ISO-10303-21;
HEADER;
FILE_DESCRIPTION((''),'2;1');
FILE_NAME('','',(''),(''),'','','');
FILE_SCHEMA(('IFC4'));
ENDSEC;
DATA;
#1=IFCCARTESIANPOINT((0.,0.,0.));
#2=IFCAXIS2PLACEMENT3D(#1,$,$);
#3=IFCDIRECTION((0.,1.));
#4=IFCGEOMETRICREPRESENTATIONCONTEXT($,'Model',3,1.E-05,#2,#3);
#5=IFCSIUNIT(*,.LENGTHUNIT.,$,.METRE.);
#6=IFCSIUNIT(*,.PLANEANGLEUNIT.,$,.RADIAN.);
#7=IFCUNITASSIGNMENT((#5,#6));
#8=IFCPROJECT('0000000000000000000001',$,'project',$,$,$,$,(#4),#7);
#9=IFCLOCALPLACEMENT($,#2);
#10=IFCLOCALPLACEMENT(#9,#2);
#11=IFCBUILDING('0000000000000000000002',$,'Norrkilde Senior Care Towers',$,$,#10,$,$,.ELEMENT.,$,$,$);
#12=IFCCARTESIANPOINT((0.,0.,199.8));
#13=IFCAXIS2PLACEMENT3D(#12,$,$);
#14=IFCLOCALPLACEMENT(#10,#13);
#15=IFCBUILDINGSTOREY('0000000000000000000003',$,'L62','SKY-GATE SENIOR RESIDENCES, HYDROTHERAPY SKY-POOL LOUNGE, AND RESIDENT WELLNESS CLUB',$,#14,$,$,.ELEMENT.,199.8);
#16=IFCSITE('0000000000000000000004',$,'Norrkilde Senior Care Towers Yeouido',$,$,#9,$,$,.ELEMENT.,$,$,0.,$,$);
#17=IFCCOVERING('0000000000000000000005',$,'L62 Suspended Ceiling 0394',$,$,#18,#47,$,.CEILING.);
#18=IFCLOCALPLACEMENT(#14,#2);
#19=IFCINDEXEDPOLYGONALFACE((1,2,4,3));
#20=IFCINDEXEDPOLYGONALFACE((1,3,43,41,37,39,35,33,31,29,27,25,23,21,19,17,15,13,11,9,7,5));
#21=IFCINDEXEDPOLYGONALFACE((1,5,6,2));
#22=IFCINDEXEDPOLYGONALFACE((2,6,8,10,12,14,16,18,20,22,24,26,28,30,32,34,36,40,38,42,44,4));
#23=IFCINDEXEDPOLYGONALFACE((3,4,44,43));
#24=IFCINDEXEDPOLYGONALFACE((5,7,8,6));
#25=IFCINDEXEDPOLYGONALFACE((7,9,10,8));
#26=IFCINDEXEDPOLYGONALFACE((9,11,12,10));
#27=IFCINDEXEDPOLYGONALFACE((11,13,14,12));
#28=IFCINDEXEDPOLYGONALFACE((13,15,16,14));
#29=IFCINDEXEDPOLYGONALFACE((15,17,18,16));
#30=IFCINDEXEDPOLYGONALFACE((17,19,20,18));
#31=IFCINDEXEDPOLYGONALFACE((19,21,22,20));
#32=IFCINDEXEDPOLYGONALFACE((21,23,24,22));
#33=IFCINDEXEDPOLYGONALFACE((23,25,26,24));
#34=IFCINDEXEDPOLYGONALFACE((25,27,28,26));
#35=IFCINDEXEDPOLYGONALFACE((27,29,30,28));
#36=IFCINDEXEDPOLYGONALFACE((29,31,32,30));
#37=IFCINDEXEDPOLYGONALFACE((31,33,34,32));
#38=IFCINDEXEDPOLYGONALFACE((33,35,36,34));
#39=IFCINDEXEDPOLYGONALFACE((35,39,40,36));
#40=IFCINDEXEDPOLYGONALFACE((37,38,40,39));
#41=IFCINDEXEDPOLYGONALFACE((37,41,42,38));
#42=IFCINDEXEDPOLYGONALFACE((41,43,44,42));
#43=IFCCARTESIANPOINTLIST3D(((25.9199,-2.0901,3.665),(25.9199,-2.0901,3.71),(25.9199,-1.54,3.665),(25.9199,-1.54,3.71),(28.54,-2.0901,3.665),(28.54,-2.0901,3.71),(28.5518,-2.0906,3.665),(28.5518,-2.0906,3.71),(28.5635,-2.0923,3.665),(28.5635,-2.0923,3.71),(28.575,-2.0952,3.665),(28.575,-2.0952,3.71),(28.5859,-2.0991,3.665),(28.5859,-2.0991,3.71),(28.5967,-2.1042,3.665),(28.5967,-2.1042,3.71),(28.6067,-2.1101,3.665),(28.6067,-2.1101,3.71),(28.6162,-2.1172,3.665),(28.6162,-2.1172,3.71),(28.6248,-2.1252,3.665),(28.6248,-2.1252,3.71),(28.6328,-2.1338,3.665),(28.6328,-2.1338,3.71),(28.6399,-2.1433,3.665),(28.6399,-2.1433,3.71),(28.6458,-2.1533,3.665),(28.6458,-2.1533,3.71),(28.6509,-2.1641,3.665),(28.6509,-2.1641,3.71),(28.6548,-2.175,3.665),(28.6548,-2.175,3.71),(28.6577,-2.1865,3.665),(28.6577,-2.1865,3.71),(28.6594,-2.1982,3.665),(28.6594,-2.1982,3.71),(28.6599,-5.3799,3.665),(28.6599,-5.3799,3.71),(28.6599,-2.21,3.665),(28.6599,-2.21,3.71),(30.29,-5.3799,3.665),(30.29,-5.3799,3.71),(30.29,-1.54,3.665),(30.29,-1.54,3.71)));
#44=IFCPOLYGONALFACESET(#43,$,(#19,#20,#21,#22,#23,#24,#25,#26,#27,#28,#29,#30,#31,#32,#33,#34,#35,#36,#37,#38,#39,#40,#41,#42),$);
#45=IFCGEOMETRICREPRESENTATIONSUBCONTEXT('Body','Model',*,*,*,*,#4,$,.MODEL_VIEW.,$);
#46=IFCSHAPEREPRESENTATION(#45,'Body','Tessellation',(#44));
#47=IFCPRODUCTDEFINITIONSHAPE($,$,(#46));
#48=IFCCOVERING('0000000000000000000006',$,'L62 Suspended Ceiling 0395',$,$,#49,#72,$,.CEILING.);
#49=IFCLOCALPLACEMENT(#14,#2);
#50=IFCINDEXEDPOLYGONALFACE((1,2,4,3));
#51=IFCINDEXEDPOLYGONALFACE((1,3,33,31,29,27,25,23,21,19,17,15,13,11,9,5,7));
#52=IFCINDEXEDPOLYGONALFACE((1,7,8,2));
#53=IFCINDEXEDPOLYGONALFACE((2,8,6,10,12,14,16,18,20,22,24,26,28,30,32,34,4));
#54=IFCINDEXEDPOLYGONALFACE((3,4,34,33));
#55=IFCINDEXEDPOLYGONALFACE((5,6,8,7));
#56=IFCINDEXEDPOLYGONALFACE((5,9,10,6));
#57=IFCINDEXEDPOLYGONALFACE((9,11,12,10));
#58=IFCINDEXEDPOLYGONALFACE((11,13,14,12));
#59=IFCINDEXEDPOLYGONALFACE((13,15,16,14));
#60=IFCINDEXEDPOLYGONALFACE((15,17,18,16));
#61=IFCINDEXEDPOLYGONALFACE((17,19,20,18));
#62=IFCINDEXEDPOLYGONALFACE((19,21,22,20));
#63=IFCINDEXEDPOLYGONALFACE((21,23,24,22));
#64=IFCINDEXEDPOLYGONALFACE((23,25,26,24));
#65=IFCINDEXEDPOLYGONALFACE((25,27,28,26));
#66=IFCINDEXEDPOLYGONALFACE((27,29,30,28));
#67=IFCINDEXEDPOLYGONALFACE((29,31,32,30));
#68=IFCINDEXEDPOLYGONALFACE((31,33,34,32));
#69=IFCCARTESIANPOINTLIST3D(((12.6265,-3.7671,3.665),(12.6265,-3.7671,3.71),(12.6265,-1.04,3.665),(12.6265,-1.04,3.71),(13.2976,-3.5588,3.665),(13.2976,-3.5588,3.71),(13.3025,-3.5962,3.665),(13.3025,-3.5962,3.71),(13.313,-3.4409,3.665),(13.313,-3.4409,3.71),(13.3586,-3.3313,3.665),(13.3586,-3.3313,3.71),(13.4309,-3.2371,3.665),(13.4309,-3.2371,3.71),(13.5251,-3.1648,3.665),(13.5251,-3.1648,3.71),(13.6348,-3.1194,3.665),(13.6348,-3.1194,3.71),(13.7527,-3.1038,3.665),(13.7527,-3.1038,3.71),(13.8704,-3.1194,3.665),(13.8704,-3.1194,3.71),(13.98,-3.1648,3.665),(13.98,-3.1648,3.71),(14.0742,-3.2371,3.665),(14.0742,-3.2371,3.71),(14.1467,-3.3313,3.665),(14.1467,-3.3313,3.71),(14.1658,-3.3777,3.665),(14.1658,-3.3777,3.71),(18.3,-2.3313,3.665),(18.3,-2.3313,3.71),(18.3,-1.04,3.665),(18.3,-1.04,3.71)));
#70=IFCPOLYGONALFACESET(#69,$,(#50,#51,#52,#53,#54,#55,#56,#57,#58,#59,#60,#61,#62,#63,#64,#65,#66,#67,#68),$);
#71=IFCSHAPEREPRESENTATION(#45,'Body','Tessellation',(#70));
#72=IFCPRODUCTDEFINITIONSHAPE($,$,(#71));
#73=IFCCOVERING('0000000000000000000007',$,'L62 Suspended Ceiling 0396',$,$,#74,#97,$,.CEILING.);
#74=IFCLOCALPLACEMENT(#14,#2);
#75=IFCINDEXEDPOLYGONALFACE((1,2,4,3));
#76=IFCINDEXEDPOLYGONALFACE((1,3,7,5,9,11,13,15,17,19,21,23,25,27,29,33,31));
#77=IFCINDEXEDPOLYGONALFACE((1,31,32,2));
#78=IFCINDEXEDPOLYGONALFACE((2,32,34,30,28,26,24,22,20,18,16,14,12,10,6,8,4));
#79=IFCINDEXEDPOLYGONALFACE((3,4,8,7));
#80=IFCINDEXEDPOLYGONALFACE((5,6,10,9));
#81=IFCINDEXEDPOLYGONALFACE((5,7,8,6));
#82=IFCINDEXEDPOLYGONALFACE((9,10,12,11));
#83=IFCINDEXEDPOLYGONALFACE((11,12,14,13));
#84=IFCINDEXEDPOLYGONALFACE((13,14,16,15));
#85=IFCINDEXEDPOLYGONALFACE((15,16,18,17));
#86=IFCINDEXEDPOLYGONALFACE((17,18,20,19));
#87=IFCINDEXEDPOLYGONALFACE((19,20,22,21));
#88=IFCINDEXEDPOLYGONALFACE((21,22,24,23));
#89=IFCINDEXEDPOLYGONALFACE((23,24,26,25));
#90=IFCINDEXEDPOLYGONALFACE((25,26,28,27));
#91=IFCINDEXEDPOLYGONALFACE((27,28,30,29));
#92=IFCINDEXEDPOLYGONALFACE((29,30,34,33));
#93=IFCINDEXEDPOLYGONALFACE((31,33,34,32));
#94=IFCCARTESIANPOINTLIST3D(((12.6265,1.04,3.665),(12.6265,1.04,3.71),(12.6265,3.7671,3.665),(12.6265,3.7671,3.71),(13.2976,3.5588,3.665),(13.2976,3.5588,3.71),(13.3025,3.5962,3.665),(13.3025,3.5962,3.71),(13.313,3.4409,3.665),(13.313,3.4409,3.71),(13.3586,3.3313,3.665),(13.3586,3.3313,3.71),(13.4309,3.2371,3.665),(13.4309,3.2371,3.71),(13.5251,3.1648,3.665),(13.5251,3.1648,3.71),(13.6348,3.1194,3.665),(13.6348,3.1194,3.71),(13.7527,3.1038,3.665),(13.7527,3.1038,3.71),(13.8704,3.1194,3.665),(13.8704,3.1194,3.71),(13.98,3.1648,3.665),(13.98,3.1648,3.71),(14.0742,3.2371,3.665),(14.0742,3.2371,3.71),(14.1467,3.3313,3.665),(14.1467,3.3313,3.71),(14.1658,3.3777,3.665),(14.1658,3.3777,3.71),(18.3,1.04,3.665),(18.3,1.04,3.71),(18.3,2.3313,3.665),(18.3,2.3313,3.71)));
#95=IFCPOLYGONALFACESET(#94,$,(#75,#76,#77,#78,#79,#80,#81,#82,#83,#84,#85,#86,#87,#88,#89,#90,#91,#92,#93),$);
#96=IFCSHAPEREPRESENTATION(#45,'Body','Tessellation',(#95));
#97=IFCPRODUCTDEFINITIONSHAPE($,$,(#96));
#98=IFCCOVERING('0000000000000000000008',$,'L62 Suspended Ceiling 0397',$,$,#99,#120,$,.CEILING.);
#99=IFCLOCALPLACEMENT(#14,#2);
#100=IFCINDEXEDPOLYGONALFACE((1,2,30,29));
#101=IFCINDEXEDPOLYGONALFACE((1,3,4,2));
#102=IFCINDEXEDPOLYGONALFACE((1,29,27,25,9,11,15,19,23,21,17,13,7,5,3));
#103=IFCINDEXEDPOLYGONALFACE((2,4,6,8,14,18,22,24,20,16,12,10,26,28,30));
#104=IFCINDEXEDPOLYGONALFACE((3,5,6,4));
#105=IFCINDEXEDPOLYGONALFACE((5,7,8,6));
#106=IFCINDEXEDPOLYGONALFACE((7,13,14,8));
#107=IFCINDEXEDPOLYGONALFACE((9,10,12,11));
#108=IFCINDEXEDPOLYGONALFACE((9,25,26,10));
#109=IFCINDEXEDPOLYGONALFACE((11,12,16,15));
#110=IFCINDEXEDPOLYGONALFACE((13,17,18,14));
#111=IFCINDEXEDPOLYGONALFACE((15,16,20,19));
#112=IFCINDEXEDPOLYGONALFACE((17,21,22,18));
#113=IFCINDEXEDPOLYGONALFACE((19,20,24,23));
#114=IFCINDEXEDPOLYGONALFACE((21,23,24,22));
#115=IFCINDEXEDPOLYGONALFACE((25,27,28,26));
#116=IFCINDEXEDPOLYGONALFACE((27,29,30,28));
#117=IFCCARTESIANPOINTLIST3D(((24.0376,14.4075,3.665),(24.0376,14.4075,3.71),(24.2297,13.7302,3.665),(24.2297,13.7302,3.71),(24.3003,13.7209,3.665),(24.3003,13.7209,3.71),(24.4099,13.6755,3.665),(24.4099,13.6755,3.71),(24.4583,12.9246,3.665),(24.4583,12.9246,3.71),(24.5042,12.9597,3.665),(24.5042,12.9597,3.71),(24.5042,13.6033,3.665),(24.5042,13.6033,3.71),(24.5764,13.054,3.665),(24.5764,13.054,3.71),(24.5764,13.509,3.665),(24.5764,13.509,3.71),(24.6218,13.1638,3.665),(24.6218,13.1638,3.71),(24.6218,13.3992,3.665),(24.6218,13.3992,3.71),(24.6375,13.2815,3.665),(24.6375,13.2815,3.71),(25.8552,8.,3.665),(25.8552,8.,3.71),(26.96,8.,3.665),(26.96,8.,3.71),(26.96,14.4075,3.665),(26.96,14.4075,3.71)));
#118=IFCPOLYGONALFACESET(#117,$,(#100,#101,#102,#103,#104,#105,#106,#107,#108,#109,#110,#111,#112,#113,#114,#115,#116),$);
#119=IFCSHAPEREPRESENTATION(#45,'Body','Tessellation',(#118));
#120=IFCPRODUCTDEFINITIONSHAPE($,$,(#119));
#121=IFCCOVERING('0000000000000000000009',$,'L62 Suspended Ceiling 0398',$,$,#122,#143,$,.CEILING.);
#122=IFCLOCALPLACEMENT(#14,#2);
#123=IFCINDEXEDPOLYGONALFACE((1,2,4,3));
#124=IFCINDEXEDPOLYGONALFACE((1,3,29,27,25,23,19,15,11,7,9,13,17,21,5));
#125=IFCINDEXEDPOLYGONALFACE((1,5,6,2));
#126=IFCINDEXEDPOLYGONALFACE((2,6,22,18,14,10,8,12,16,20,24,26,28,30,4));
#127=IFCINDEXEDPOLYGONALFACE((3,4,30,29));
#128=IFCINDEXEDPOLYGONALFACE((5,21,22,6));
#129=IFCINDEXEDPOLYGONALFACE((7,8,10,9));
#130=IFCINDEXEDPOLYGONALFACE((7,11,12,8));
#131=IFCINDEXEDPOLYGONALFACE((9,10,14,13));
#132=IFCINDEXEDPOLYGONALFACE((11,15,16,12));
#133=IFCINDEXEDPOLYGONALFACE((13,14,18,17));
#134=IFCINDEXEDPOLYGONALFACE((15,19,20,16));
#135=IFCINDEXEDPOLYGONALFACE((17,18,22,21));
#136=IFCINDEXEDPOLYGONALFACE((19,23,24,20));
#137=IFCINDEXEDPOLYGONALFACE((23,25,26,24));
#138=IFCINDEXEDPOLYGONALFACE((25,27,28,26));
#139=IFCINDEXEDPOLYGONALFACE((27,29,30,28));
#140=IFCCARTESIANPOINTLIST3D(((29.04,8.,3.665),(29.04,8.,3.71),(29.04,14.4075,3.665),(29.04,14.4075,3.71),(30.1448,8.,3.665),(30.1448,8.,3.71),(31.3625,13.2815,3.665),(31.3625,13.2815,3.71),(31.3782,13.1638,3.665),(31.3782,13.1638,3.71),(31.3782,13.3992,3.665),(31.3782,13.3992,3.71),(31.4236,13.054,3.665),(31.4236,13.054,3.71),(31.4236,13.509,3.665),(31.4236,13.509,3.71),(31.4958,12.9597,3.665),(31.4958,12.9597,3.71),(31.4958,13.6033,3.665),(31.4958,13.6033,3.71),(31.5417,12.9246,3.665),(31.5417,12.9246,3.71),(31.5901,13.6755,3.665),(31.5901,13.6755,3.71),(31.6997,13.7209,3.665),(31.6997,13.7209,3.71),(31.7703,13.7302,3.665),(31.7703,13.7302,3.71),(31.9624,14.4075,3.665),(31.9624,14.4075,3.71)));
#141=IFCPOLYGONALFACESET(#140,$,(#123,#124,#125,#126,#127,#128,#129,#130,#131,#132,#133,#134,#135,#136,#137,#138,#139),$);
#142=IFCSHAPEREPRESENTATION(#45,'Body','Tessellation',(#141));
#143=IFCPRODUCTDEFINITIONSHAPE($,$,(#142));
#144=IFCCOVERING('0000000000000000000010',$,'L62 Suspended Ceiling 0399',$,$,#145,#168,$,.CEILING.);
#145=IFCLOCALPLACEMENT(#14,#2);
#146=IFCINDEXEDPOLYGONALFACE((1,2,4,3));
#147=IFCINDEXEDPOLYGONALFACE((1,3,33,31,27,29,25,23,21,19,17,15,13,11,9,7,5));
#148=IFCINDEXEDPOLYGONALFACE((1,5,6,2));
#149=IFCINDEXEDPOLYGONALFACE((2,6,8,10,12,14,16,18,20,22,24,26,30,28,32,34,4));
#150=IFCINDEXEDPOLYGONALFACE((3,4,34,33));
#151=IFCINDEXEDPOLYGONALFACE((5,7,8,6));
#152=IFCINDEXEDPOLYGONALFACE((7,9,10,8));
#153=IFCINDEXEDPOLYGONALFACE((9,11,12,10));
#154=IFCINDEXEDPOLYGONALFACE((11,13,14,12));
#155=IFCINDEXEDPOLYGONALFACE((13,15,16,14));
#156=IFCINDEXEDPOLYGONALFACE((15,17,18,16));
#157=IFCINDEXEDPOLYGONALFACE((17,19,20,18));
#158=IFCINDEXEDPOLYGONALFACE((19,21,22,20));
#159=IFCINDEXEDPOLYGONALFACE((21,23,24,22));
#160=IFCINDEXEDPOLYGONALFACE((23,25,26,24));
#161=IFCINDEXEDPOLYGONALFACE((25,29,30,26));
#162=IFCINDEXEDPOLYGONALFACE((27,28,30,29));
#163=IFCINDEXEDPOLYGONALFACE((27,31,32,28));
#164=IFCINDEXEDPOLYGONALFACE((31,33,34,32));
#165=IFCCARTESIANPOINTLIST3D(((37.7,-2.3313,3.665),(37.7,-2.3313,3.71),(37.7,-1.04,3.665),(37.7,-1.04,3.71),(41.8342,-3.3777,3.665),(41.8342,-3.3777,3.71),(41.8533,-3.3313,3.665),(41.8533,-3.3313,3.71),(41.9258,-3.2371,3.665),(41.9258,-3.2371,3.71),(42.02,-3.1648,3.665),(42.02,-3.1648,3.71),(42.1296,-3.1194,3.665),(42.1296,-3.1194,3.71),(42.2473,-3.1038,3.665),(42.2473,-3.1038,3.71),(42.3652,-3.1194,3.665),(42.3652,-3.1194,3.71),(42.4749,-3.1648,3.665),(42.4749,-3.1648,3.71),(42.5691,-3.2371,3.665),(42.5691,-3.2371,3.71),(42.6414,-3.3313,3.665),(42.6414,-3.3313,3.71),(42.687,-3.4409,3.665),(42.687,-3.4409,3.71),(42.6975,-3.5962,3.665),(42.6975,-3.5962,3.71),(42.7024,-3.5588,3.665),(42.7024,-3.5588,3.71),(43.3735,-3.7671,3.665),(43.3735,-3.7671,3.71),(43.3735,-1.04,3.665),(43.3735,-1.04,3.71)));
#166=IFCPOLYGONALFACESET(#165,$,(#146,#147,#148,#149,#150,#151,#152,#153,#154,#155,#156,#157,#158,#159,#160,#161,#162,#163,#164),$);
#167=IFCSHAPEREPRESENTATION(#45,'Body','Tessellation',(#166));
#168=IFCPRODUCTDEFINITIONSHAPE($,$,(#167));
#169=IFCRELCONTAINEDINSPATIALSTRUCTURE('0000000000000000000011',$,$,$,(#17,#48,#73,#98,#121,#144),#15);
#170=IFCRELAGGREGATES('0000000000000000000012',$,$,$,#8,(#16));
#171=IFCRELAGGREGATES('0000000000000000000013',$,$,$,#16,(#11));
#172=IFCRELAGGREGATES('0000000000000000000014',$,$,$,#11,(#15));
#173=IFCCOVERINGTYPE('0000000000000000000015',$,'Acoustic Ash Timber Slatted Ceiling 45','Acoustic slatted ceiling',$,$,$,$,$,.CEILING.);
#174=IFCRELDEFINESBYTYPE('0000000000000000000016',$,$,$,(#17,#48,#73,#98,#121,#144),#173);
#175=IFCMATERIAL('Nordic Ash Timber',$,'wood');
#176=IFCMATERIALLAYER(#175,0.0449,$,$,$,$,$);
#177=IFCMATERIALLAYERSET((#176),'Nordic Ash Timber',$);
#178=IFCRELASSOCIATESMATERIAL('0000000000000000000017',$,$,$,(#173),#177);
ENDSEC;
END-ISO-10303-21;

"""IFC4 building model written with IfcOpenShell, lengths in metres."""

from ifc_helpers import new_model, si_unit, direction, frame, origin, place, context, subcontext, project, spatial, polyline, outline, extrude, material, layer, layer_set, type_object, element, save


model = new_model("IFC4")

# Units and contexts
model_context = context("Model", 3, precision=1e-05, world=origin(), true_north=direction((0.0, 1.0)))
body_context = subcontext(model_context, "Body", "Model", "MODEL_VIEW")
ifc_project = project(units=[si_unit("LENGTHUNIT", "METRE"), si_unit("PLANEANGLEUNIT", "RADIAN")], contexts=[model_context])

# Site, building, storey
site_placement = place(None, origin())
site = spatial("IfcSite", under=ifc_project, at=site_placement, Name="Norrkilde Senior Care Towers Yeouido", CompositionType="ELEMENT", RefElevation=0.0)
building_placement = place(site_placement, origin())
building = spatial("IfcBuilding", under=site, at=building_placement, Name="Norrkilde Senior Care Towers", CompositionType="ELEMENT")
storey_placement = place(building_placement, frame((0.0, 0.0, 199.8)))
storey = spatial("IfcBuildingStorey", under=building, at=storey_placement, Name="L62", Description="SKY-GATE SENIOR RESIDENCES, HYDROTHERAPY SKY-POOL LOUNGE, AND RESIDENT WELLNESS CLUB", CompositionType="ELEMENT", Elevation=199.8)

# Coverings
ifc_material_1 = material(Name="Nordic Ash Timber", Category="wood")
ifc_layer_1 = layer(ifc_material_1, 0.0449)
ifc_layer_set_1 = layer_set([ifc_layer_1], Name="Nordic Ash Timber")
covering_type_1 = type_object("IfcCoveringType", Name="Acoustic Ash Timber Slatted Ceiling 45", Description="Acoustic slatted ceiling", PredefinedType="CEILING", material=ifc_layer_set_1)
covering_1_placement = place(storey_placement, frame((0.0, 0.0, 3.665)))
element("IfcCovering", 1, at=covering_1_placement, inside=storey, type_object=covering_type_1, Name="L62 Suspended Ceiling 0394", PredefinedType="CEILING", context=body_context, shape_type="SweptSolid", body=[
    extrude(outline(polyline([(28.6548, -2.175), (28.6509, -2.1641), (28.6458, -2.1533), (28.6399, -2.1433), (28.6328, -2.1338), (28.6248, -2.1252), (28.6162, -2.1172), (28.6067, -2.1101), (28.5967, -2.1042), (28.5859, -2.0991), (28.575, -2.0952), (28.5635, -2.0923), (28.5518, -2.0906), (28.54, -2.0901), (25.9199, -2.0901), (25.9199, -1.54), (30.29, -1.54), (30.29, -5.3799), (28.6599, -5.3799), (28.6599, -2.21), (28.6594, -2.1982), (28.6577, -2.1865), (28.6548, -2.175)])), origin(), (0.0, 0.0, 1.0), 0.0449),
])
covering_2_placement = place(storey_placement, frame((0.0, 0.0, 3.665)))
element("IfcCovering", 2, at=covering_2_placement, inside=storey, type_object=covering_type_1, Name="L62 Suspended Ceiling 0395", PredefinedType="CEILING", context=body_context, shape_type="SweptSolid", body=[
    extrude(outline(polyline([(18.3, -1.04), (18.3, -2.3313), (14.1658, -3.3777), (14.1467, -3.3313), (14.0742, -3.2371), (13.98, -3.1648), (13.8704, -3.1194), (13.7527, -3.1038), (13.6348, -3.1194), (13.5251, -3.1648), (13.4309, -3.2371), (13.3586, -3.3313), (13.313, -3.4409), (13.2976, -3.5588), (13.3025, -3.5962), (12.6265, -3.7671), (12.6265, -1.04), (18.3, -1.04)])), origin(), (0.0, 0.0, 1.0), 0.0449),
])
covering_3_placement = place(storey_placement, frame((0.0, 0.0, 3.665)))
element("IfcCovering", 3, at=covering_3_placement, inside=storey, type_object=covering_type_1, Name="L62 Suspended Ceiling 0396", PredefinedType="CEILING", context=body_context, shape_type="SweptSolid", body=[
    extrude(outline(polyline([(18.3, 1.04), (12.6265, 1.04), (12.6265, 3.7671), (13.3025, 3.5962), (13.2976, 3.5588), (13.313, 3.4409), (13.3586, 3.3313), (13.4309, 3.2371), (13.5251, 3.1648), (13.6348, 3.1194), (13.7527, 3.1038), (13.8704, 3.1194), (13.98, 3.1648), (14.0742, 3.2371), (14.1467, 3.3313), (14.1658, 3.3777), (18.3, 2.3313), (18.3, 1.04)])), origin(), (0.0, 0.0, 1.0), 0.0449),
])
covering_4_placement = place(storey_placement, frame((0.0, 0.0, 3.665)))
element("IfcCovering", 4, at=covering_4_placement, inside=storey, type_object=covering_type_1, Name="L62 Suspended Ceiling 0397", PredefinedType="CEILING", context=body_context, shape_type="SweptSolid", body=[
    extrude(outline(polyline([(26.96, 14.4075), (26.96, 8.0), (25.8552, 8.0), (24.4583, 12.9246), (24.5042, 12.9597), (24.5764, 13.054), (24.6218, 13.1638), (24.6375, 13.2815), (24.6218, 13.3992), (24.5764, 13.509), (24.5042, 13.6033), (24.4099, 13.6755), (24.3003, 13.7209), (24.2297, 13.7302), (24.0376, 14.4075), (26.96, 14.4075)])), origin(), (0.0, 0.0, 1.0), 0.0449),
])
covering_5_placement = place(storey_placement, frame((0.0, 0.0, 3.665)))
element("IfcCovering", 5, at=covering_5_placement, inside=storey, type_object=covering_type_1, Name="L62 Suspended Ceiling 0398", PredefinedType="CEILING", context=body_context, shape_type="SweptSolid", body=[
    extrude(outline(polyline([(31.9624, 14.4075), (31.7703, 13.7302), (31.6997, 13.7209), (31.5901, 13.6755), (31.4958, 13.6033), (31.4236, 13.509), (31.3782, 13.3992), (31.3625, 13.2815), (31.3782, 13.1638), (31.4236, 13.054), (31.4958, 12.9597), (31.5417, 12.9246), (30.1448, 8.0), (29.04, 8.0), (29.04, 14.4075), (31.9624, 14.4075)])), origin(), (0.0, 0.0, 1.0), 0.0449),
])
covering_6_placement = place(storey_placement, frame((0.0, 0.0, 3.665)))
element("IfcCovering", 6, at=covering_6_placement, inside=storey, type_object=covering_type_1, Name="L62 Suspended Ceiling 0399", PredefinedType="CEILING", context=body_context, shape_type="SweptSolid", body=[
    extrude(outline(polyline([(43.3735, -3.7671), (42.6975, -3.5962), (42.7024, -3.5588), (42.687, -3.4409), (42.6414, -3.3313), (42.5691, -3.2371), (42.4749, -3.1648), (42.3652, -3.1194), (42.2473, -3.1038), (42.1296, -3.1194), (42.02, -3.1648), (41.9258, -3.2371), (41.8533, -3.3313), (41.8342, -3.3777), (37.7, -2.3313), (37.7, -1.04), (43.3735, -1.04), (43.3735, -3.7671)])), origin(), (0.0, 0.0, 1.0), 0.0449),
])

save(model, "model.ifc")
